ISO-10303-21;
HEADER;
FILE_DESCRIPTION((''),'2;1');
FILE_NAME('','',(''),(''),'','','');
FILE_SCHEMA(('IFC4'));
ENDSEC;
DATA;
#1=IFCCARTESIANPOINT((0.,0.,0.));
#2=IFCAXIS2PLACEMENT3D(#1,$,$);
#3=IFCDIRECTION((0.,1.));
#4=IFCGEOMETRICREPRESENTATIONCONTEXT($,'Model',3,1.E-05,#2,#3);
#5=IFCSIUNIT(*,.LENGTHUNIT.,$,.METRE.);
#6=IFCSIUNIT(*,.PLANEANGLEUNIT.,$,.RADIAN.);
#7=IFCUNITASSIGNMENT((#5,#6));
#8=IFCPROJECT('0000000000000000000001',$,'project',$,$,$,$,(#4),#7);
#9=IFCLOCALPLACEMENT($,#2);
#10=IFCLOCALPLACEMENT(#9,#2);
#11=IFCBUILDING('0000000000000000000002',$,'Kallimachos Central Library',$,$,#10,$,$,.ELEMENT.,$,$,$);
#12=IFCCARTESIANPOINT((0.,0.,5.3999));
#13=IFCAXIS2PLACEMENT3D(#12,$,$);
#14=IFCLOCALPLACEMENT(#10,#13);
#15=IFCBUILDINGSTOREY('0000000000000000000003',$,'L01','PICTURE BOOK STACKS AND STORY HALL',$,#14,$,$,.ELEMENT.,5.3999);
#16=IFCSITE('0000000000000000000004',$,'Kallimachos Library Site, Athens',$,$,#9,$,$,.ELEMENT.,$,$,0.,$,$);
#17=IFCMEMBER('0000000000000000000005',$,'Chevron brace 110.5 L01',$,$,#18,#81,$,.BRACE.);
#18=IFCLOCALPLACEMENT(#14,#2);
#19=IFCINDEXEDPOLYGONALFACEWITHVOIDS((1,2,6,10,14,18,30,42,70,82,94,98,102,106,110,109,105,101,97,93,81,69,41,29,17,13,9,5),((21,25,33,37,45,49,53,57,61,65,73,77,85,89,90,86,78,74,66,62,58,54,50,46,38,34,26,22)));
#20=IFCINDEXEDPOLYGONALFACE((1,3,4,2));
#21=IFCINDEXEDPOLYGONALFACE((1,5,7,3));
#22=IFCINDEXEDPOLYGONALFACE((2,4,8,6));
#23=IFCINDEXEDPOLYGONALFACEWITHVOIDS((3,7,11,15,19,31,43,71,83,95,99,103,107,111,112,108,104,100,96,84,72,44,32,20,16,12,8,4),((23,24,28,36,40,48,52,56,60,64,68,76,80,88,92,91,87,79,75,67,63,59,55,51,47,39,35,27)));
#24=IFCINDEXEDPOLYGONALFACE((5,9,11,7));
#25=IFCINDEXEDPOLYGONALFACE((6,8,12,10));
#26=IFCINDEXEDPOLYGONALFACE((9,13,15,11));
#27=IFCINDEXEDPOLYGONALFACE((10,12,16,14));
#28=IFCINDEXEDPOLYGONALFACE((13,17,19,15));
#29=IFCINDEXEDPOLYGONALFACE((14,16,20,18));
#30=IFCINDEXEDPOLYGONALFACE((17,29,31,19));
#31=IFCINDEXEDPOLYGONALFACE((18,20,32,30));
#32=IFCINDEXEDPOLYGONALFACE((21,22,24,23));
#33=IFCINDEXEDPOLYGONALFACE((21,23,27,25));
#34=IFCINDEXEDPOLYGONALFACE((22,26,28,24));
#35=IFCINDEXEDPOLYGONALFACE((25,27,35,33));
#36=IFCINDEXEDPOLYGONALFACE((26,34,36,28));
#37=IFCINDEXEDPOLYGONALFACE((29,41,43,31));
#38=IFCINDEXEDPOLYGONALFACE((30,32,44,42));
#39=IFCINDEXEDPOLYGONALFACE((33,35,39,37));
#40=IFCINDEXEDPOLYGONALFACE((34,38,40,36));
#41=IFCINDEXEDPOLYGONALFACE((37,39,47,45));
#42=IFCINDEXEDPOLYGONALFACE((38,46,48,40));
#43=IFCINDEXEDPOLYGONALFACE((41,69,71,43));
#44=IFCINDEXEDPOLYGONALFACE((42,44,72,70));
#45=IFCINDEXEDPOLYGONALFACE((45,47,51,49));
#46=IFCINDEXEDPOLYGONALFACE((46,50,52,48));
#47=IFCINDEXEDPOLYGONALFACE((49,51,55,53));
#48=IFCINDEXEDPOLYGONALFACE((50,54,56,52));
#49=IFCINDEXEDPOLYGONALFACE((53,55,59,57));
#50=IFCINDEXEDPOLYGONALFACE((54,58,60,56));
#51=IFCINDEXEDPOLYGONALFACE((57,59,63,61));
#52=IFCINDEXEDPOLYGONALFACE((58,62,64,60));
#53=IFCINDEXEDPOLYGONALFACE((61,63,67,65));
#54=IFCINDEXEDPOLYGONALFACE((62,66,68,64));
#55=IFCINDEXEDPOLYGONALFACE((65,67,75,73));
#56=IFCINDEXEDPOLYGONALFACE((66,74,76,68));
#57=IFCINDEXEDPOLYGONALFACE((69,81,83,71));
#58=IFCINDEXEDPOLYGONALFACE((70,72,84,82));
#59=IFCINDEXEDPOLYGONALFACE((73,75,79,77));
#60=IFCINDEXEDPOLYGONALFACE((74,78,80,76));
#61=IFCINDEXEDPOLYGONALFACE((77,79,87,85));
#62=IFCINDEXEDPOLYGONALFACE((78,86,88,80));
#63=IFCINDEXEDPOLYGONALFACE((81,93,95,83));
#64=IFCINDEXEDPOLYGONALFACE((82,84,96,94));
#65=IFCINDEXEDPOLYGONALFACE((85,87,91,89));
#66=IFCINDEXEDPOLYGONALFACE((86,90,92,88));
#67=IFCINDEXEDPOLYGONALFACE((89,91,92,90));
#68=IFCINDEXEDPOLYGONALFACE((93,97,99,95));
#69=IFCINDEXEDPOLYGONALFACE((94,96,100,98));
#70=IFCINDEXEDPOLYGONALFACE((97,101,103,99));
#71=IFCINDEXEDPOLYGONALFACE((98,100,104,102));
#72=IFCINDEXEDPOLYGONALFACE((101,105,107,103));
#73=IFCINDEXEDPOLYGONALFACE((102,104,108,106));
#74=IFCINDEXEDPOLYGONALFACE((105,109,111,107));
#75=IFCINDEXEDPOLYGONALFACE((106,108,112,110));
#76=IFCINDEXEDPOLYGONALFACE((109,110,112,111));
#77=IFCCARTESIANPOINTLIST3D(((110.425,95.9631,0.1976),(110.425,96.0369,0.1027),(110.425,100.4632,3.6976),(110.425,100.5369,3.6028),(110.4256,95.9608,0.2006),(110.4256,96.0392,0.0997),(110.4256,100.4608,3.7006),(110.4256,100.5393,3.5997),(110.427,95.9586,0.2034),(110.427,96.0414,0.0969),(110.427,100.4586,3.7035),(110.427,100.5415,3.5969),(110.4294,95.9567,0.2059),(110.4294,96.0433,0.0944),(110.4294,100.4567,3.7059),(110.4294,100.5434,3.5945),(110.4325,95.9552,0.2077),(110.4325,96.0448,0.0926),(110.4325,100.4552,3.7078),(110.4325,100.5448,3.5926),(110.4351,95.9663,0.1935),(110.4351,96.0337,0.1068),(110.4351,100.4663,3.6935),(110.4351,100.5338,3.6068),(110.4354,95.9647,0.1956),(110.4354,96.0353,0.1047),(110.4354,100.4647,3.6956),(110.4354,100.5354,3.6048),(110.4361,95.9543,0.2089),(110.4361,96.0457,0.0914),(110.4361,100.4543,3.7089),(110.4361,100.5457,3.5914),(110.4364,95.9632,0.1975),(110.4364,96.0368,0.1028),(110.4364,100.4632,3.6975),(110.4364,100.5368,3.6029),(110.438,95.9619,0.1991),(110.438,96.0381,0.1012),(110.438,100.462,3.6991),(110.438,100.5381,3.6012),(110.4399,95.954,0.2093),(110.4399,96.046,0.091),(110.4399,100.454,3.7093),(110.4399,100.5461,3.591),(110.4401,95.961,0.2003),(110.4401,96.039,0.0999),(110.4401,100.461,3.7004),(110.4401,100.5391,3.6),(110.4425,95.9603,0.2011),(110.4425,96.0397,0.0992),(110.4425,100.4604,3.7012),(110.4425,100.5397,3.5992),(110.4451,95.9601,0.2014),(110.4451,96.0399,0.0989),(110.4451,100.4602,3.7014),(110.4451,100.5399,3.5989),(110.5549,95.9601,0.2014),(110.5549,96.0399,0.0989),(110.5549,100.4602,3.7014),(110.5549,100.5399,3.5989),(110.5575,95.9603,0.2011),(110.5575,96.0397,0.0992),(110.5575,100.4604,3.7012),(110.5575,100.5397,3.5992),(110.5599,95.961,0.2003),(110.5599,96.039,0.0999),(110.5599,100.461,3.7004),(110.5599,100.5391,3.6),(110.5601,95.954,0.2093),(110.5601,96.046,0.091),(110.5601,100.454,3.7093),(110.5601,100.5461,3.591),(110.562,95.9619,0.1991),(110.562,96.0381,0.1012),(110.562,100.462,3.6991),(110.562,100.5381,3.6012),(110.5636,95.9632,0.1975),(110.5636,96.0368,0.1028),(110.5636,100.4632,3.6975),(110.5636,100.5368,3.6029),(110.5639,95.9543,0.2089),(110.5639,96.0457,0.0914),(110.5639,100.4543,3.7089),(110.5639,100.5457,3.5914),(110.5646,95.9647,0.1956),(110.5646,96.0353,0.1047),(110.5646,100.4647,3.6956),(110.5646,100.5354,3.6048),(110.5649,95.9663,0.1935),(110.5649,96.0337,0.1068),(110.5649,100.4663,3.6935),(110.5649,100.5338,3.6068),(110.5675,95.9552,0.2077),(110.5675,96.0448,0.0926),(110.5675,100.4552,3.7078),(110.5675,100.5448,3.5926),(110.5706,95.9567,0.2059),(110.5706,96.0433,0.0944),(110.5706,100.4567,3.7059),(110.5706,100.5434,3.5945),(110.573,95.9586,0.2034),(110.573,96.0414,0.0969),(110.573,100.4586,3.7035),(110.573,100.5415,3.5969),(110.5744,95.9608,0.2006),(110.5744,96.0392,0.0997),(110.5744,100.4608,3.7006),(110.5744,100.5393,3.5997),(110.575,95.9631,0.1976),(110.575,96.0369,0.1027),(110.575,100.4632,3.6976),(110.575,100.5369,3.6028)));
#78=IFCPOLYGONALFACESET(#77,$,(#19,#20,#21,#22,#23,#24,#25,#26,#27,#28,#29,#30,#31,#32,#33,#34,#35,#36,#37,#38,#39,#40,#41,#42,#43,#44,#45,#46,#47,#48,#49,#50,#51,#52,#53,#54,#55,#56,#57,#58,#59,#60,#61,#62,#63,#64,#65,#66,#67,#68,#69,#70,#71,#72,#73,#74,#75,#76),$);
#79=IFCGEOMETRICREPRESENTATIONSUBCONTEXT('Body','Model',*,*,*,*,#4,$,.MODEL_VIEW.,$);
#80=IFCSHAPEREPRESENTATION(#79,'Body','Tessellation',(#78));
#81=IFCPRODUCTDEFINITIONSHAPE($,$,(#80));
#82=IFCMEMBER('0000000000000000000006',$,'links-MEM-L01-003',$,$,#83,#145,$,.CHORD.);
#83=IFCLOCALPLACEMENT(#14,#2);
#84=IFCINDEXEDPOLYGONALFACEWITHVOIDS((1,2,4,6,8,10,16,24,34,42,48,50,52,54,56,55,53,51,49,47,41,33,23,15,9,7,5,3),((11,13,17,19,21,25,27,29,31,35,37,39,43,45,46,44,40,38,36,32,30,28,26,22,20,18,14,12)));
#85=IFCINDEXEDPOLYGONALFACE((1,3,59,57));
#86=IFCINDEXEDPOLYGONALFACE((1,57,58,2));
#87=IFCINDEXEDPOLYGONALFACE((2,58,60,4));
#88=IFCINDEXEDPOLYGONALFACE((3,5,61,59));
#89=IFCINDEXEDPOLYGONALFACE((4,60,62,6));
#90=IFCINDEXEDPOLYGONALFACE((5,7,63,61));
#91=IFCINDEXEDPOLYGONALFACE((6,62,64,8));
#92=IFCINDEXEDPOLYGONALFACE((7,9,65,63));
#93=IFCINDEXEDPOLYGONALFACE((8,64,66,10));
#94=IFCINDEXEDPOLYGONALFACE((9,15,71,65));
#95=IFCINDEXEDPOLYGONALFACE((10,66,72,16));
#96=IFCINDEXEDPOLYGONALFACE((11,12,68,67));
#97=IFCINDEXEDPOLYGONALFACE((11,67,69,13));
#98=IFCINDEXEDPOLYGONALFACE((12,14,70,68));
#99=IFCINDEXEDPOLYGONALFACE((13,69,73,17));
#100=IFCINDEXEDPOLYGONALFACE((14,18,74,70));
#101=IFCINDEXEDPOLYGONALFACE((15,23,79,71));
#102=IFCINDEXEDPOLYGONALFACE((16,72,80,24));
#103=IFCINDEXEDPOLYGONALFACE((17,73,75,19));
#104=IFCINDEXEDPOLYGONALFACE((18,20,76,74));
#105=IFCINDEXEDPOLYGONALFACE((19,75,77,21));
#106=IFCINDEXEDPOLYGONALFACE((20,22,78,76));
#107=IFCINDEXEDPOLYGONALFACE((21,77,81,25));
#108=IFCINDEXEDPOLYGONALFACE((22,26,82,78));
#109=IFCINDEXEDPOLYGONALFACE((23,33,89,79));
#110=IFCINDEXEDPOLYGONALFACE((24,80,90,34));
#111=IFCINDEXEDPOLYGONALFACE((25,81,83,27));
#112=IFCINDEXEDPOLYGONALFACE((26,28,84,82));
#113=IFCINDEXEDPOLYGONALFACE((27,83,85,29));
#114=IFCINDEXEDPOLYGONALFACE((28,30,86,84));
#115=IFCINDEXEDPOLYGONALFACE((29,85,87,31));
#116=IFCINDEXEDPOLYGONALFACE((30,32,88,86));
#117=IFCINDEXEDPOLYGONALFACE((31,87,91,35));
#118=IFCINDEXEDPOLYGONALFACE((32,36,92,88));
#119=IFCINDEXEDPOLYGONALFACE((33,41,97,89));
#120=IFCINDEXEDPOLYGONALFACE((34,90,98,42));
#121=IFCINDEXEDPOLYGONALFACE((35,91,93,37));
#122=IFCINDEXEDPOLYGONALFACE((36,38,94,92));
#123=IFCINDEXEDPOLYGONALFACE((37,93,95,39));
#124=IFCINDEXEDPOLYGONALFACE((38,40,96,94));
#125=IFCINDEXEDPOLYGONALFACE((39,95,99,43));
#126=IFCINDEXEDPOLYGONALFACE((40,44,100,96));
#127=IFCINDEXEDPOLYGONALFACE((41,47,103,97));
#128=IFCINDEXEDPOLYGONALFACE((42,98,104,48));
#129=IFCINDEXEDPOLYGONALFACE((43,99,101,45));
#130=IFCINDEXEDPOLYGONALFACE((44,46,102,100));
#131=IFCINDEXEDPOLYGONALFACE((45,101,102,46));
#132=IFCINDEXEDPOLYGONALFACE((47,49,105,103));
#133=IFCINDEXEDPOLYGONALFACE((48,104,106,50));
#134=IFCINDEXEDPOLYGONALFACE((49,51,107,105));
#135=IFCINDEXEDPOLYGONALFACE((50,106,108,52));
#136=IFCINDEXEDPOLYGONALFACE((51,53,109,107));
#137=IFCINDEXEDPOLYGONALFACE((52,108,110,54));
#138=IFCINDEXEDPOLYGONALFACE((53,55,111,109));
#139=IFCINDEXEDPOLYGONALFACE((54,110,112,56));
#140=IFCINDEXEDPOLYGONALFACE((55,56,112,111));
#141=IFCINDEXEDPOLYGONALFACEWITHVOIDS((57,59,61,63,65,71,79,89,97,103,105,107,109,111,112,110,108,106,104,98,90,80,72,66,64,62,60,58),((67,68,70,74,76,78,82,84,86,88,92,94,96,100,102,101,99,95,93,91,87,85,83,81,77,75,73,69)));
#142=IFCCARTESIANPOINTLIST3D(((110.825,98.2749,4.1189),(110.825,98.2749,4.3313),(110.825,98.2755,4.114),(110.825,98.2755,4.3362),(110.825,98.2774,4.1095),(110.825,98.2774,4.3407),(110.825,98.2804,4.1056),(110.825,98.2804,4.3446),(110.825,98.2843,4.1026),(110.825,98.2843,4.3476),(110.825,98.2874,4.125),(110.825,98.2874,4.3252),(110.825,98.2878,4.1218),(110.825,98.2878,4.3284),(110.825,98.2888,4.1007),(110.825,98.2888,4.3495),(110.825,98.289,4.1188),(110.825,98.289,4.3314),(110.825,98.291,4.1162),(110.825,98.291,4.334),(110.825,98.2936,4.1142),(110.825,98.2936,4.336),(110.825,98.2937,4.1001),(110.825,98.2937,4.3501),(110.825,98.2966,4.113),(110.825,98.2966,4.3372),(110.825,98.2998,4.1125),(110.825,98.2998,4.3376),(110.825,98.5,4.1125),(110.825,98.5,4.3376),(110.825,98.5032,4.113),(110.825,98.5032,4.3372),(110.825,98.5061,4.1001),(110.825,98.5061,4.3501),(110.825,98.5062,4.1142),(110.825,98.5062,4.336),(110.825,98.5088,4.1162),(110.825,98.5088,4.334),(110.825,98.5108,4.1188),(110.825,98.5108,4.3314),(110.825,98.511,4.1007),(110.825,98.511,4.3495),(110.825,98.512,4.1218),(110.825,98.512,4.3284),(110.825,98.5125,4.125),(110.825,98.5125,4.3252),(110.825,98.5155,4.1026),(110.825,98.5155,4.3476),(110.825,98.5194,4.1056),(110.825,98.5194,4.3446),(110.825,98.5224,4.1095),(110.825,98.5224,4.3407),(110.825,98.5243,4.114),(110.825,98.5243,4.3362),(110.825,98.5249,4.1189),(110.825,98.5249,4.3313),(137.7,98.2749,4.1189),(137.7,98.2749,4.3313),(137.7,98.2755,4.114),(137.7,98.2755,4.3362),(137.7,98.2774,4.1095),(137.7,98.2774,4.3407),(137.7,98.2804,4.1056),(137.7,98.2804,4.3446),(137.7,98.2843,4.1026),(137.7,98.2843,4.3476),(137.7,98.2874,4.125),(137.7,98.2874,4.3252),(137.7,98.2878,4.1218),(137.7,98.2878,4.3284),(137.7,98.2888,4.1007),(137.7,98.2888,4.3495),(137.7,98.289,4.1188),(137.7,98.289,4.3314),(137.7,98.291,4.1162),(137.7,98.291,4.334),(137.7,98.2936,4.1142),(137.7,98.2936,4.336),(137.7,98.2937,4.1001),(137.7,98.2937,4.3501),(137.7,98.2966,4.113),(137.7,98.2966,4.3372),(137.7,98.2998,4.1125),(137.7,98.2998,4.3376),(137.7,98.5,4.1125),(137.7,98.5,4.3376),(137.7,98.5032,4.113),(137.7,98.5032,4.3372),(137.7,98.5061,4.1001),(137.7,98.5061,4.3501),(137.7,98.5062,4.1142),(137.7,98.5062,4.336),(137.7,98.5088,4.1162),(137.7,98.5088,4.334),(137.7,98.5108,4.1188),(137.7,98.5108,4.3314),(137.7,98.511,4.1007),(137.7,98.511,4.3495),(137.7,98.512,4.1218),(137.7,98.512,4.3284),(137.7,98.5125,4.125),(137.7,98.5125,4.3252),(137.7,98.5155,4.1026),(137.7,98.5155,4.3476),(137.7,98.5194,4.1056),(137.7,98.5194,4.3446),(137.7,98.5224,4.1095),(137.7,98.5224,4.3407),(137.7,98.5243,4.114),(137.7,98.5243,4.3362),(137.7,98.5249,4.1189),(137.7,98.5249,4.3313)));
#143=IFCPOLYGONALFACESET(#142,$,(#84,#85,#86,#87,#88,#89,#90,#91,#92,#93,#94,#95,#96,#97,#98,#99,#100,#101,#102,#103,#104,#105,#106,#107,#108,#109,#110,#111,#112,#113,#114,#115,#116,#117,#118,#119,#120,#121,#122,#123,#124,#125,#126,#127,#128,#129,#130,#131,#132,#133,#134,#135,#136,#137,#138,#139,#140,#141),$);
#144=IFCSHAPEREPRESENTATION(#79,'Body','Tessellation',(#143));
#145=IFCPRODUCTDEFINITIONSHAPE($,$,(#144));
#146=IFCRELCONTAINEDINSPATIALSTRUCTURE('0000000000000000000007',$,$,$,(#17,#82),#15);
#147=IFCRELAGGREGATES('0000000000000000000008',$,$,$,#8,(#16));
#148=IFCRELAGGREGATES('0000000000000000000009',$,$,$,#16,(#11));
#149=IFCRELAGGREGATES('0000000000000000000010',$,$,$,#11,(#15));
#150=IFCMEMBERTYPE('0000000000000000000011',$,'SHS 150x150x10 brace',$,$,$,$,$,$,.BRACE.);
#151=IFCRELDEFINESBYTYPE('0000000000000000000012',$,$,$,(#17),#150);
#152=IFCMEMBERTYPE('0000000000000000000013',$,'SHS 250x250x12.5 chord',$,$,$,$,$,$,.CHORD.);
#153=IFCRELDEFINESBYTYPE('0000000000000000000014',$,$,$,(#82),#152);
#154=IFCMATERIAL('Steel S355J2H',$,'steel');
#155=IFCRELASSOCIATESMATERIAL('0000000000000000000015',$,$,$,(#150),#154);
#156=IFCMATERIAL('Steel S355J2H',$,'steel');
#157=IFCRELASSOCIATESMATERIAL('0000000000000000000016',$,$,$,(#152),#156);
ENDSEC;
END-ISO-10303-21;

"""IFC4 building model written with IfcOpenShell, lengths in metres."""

from ifc_helpers import new_model, si_unit, direction, frame, origin, origin_2d, place, context, subcontext, project, spatial, hollow_rectangle, extrude, material, material_profile, profile_set, type_object, element, save


model = new_model("IFC4")

# Units and contexts
model_context = context("Model", 3, precision=1e-05, world=origin(), true_north=direction((0.0, 1.0)))
body_context = subcontext(model_context, "Body", "Model", "MODEL_VIEW")
ifc_project = project(units=[si_unit("LENGTHUNIT", "METRE"), si_unit("PLANEANGLEUNIT", "RADIAN")], contexts=[model_context])

# Site, building, storey
site_placement = place(None, origin())
site = spatial("IfcSite", under=ifc_project, at=site_placement, Name="Kallimachos Library Site, Athens", CompositionType="ELEMENT", RefElevation=0.0)
building_placement = place(site_placement, origin())
building = spatial("IfcBuilding", under=site, at=building_placement, Name="Kallimachos Central Library", CompositionType="ELEMENT")
storey_placement = place(building_placement, frame((0.0, 0.0, 5.3999)))
storey = spatial("IfcBuildingStorey", under=building, at=storey_placement, Name="L01", Description="PICTURE BOOK STACKS AND STORY HALL", CompositionType="ELEMENT", Elevation=5.3999)

# Members
ifc_material_1 = material(Name="Steel S355J2H", Category="steel")
ifc_material_profile_1 = material_profile(ifc_material_1, hollow_rectangle(XDim=0.1499, YDim=0.1499, WallThickness=0.01, InnerFilletRadius=0.01, OuterFilletRadius=0.0149, at=origin_2d()), Name="SHS 150x150x10")
ifc_profile_set_1 = profile_set([ifc_material_profile_1], Name="Steel S355J2H")
member_type_1 = type_object("IfcMemberType", Name="SHS 150x150x10 brace", PredefinedType="BRACE", material=ifc_profile_set_1)
member_1_placement = place(storey_placement, frame((110.5, 96.0, 0.1501), z_axis=(0.0, 0.789352, 0.613941), x_axis=(-1.0, 0.0, 0.0)))
element("IfcMember", 1, at=member_1_placement, inside=storey, type_object=member_type_1, Name="Chevron brace 110.5 L01", PredefinedType="BRACE", context=body_context, shape_type="SweptSolid", body=[
    extrude(hollow_rectangle(XDim=0.1499, YDim=0.1499, WallThickness=0.01, InnerFilletRadius=0.01, OuterFilletRadius=0.0149, at=origin_2d()), origin(), (0.0, 0.0, 1.0), 5.7009),
])
ifc_material_2 = material(Name="Steel S355J2H", Category="steel")
ifc_material_profile_2 = material_profile(ifc_material_2, hollow_rectangle(XDim=0.25, YDim=0.25, WallThickness=0.0125, InnerFilletRadius=0.0125, OuterFilletRadius=0.0188, at=origin_2d()), Name="SHS 250x250x12.5")
ifc_profile_set_2 = profile_set([ifc_material_profile_2], Name="Steel S355J2H")
member_type_2 = type_object("IfcMemberType", Name="SHS 250x250x12.5 chord", PredefinedType="CHORD", material=ifc_profile_set_2)
member_2_placement = place(storey_placement, frame((110.825, 98.3999, 4.2251), z_axis=(1.0, 0.0, 0.0), x_axis=(0.0, 1.0, 0.0)))
element("IfcMember", 2, at=member_2_placement, inside=storey, type_object=member_type_2, Name="links-MEM-L01-003", PredefinedType="CHORD", context=body_context, shape_type="SweptSolid", body=[
    extrude(hollow_rectangle(XDim=0.25, YDim=0.25, WallThickness=0.0125, InnerFilletRadius=0.0125, OuterFilletRadius=0.0188, at=origin_2d()), origin(), (0.0, 0.0, 1.0), 26.875),
])

save(model, "model.ifc")
